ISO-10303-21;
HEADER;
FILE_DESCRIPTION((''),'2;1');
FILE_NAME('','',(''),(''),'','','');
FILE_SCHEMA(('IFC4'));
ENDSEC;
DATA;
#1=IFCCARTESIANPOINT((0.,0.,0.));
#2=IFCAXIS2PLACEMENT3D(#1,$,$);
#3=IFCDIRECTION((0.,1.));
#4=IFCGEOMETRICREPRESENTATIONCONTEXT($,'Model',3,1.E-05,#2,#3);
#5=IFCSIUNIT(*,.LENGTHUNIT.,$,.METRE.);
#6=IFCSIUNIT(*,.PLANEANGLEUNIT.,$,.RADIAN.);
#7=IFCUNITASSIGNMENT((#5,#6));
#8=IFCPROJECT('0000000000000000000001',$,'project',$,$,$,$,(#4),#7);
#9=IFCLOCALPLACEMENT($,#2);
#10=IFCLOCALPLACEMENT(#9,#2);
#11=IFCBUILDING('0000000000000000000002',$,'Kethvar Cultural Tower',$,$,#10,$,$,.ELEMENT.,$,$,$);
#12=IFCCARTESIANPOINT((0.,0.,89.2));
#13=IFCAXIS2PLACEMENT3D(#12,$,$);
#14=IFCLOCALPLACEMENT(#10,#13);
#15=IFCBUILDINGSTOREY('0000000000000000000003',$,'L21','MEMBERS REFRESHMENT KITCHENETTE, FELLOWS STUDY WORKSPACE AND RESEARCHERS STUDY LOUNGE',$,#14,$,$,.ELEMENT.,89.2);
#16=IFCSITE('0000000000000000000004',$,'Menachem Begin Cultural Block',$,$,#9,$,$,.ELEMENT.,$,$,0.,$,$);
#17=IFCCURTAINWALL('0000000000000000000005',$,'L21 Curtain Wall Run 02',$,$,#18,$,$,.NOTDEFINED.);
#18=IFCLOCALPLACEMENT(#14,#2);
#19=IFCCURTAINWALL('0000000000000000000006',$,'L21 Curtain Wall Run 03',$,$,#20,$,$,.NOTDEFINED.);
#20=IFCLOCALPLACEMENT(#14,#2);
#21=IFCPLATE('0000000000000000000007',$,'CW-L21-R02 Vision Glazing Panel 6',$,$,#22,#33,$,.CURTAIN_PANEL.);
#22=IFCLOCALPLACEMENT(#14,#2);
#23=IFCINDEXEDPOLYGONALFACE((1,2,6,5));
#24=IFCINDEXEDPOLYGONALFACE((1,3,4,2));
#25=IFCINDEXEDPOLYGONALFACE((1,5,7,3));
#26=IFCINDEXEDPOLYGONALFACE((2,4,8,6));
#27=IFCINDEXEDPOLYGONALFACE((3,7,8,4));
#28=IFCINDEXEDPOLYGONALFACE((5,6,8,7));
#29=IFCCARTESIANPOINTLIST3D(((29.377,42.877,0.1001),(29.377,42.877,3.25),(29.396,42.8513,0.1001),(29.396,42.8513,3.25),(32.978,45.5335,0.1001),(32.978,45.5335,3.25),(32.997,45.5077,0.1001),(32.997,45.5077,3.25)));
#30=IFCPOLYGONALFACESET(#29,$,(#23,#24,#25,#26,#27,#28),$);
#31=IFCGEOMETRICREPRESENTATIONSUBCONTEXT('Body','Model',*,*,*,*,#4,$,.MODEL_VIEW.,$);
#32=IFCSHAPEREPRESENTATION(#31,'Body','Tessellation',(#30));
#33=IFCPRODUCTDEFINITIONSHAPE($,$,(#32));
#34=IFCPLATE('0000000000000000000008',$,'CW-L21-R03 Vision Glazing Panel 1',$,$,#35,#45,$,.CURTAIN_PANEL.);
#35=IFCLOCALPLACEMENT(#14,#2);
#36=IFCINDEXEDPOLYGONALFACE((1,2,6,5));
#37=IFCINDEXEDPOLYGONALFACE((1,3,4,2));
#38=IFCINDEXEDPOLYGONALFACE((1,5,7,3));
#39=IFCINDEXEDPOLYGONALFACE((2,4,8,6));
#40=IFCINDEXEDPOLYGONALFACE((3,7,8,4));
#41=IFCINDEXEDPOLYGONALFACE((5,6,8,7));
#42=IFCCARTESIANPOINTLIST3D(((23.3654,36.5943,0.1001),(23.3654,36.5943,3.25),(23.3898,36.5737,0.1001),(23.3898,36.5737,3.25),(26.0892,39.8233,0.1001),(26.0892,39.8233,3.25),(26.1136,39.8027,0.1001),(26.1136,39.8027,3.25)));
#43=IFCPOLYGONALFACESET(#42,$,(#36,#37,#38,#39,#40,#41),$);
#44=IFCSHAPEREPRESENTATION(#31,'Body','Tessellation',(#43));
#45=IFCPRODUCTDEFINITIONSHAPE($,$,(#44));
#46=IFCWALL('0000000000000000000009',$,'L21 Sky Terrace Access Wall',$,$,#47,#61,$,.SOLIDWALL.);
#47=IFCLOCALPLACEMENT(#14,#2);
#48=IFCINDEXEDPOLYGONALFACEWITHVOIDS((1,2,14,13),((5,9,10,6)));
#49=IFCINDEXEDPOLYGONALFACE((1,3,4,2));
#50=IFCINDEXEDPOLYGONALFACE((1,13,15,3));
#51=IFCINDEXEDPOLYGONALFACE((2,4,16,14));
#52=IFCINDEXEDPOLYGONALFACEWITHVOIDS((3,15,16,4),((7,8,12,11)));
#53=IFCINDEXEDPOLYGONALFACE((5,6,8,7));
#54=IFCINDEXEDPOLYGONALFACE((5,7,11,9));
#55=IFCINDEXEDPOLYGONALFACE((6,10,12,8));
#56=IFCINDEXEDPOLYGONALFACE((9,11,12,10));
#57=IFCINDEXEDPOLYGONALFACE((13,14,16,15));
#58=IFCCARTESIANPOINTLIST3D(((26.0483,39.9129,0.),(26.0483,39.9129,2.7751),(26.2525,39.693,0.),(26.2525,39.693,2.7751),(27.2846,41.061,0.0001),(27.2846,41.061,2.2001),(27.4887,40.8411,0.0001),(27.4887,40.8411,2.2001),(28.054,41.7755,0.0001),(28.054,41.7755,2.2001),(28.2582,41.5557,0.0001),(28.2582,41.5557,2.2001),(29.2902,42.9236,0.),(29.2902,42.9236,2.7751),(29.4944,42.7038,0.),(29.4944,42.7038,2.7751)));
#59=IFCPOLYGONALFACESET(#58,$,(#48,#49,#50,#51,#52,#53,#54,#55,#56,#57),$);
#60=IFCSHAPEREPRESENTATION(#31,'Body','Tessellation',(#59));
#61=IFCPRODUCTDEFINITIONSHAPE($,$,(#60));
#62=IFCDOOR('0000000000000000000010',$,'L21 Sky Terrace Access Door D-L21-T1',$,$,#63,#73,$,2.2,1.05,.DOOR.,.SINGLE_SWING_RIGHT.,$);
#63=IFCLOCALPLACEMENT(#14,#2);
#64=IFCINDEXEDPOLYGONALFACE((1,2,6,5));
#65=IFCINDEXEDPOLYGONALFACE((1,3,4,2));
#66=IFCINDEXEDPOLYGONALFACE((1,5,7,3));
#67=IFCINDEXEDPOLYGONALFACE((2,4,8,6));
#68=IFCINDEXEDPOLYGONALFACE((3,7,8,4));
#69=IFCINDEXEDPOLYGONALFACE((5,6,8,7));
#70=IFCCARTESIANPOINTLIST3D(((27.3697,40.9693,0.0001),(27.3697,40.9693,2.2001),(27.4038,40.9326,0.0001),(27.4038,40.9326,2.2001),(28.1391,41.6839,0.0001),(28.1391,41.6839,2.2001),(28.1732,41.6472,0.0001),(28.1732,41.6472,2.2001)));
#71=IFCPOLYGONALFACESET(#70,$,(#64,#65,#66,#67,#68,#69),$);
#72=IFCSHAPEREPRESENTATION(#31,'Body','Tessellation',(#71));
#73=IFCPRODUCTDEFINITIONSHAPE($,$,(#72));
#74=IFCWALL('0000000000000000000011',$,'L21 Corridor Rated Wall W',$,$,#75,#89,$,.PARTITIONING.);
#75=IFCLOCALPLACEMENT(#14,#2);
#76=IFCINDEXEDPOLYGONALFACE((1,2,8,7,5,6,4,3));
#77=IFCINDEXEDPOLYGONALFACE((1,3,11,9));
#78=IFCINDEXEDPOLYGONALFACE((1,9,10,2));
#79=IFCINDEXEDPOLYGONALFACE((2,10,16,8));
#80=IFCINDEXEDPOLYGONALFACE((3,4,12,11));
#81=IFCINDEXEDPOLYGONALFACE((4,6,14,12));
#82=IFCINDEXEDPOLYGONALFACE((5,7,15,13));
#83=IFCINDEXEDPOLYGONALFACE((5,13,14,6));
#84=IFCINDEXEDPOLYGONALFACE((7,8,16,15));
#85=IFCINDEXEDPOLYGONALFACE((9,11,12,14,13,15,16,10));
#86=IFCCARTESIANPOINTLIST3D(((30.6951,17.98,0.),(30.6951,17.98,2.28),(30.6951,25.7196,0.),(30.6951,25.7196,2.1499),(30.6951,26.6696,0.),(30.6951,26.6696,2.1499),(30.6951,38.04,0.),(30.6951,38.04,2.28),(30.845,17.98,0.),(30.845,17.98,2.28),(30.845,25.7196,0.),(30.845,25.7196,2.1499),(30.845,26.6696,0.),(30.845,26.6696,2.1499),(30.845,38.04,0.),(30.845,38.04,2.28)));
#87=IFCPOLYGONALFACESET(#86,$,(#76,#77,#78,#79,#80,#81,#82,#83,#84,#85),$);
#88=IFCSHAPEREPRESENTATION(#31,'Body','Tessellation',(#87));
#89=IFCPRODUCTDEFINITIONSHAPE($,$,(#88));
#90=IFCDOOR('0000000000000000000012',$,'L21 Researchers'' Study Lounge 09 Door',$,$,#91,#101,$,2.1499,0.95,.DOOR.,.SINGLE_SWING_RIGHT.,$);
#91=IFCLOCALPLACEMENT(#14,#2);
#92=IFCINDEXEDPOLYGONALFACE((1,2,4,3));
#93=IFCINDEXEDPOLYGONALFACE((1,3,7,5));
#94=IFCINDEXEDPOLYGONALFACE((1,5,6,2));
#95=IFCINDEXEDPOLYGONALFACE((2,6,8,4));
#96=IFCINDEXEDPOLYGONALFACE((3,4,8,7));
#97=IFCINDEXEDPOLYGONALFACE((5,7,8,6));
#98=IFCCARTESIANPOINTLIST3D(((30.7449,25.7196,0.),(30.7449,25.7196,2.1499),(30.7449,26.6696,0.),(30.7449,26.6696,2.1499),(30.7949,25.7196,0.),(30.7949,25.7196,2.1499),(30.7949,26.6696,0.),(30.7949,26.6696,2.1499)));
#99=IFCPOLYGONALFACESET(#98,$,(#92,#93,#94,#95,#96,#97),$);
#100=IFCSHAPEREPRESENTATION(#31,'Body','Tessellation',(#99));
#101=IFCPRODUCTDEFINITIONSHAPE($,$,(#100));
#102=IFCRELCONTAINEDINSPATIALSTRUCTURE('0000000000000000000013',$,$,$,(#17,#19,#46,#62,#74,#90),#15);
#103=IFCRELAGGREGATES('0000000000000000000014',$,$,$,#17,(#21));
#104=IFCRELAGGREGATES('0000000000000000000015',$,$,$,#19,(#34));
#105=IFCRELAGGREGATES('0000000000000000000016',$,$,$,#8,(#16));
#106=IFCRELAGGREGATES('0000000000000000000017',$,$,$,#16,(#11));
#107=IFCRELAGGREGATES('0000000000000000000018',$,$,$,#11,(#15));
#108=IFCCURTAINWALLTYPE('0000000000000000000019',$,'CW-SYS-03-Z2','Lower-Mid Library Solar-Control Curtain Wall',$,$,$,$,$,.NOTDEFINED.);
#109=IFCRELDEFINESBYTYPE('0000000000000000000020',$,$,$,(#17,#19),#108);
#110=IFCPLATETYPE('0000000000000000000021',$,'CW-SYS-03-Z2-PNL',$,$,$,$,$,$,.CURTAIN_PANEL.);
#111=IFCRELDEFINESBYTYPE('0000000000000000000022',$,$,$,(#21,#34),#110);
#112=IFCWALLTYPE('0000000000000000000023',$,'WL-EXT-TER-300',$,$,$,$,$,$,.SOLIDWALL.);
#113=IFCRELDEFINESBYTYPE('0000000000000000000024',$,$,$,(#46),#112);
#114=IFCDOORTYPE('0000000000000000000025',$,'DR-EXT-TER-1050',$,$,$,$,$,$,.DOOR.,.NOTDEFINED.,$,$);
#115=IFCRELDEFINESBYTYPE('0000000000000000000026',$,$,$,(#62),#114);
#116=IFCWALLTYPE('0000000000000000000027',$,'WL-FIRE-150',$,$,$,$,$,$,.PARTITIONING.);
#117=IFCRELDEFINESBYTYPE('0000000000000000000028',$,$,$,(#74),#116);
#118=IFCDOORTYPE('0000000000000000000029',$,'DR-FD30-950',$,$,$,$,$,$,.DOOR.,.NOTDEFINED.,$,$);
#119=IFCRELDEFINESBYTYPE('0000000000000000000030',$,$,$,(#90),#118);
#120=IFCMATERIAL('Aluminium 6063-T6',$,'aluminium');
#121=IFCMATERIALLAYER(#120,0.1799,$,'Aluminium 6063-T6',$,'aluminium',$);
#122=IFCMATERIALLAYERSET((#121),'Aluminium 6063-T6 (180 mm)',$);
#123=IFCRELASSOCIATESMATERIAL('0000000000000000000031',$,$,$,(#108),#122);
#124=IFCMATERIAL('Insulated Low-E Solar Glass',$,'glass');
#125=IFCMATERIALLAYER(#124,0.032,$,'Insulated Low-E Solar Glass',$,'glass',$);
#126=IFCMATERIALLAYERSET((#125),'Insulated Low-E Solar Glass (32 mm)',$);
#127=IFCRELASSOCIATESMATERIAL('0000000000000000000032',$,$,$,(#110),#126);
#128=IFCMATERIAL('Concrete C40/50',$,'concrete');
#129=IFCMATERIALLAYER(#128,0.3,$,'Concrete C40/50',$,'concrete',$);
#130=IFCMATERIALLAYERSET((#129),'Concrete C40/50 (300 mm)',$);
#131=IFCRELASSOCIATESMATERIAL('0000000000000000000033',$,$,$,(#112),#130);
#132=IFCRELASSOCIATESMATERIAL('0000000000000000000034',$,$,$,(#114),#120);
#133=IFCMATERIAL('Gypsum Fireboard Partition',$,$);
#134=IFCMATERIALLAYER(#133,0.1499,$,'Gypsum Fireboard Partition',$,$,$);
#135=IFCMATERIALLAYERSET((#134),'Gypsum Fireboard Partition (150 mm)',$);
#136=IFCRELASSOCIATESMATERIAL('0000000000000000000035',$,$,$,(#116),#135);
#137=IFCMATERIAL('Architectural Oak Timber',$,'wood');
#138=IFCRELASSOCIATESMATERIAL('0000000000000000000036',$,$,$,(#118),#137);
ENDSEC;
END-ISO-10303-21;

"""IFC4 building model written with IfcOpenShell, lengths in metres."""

from ifc_helpers import new_model, si_unit, direction, frame, frame_2d, origin, origin_2d, place, context, subcontext, project, spatial, rectangle, extrude, source, transform, mapped, material, layer, layer_set, type_object, element, fill, aggregate, save


model = new_model("IFC4")

# Units and contexts
model_context = context("Model", 3, precision=1e-05, world=origin(), true_north=direction((0.0, 1.0)))
body_context = subcontext(model_context, "Body", "Model", "MODEL_VIEW")
ifc_project = project(units=[si_unit("LENGTHUNIT", "METRE"), si_unit("PLANEANGLEUNIT", "RADIAN")], contexts=[model_context])

# Site, building, storey
site_placement = place(None, origin())
site = spatial("IfcSite", under=ifc_project, at=site_placement, Name="Menachem Begin Cultural Block", CompositionType="ELEMENT", RefElevation=0.0)
building_placement = place(site_placement, origin())
building = spatial("IfcBuilding", under=site, at=building_placement, Name="Kethvar Cultural Tower", CompositionType="ELEMENT")
storey_placement = place(building_placement, frame((0.0, 0.0, 89.2)))
storey = spatial("IfcBuildingStorey", under=building, at=storey_placement, Name="L21", Description="MEMBERS REFRESHMENT KITCHENETTE, FELLOWS STUDY WORKSPACE AND RESEARCHERS STUDY LOUNGE", CompositionType="ELEMENT", Elevation=89.2)

# Curtain wall
ifc_material_1 = material(Name="Aluminium 6063-T6", Category="aluminium")
ifc_layer_1 = layer(ifc_material_1, 0.1799, Name="Aluminium 6063-T6", Category="aluminium")
ifc_layer_set_1 = layer_set([ifc_layer_1], Name="Aluminium 6063-T6 (180 mm)")
curtain_wall_type = type_object("IfcCurtainWallType", Name="CW-SYS-03-Z2", Description="Lower-Mid Library Solar-Control Curtain Wall", PredefinedType="NOTDEFINED", material=ifc_layer_set_1)
curtain_wall_1_placement = place(storey_placement, origin())
curtain_wall_1 = element("IfcCurtainWall", 1, at=curtain_wall_1_placement, inside=storey, type_object=curtain_wall_type, Name="L21 Curtain Wall Run 02", PredefinedType="NOTDEFINED")

# Curtain wall
curtain_wall_2_placement = place(storey_placement, origin())
curtain_wall_2 = element("IfcCurtainWall", 2, at=curtain_wall_2_placement, inside=storey, type_object=curtain_wall_type, Name="L21 Curtain Wall Run 03", PredefinedType="NOTDEFINED")

# Plates
ifc_material_2 = material(Name="Insulated Low-E Solar Glass", Category="glass")
ifc_layer_2 = layer(ifc_material_2, 0.032, Name="Insulated Low-E Solar Glass", Category="glass")
ifc_layer_set_2 = layer_set([ifc_layer_2], Name="Insulated Low-E Solar Glass (32 mm)")
plate_type = type_object("IfcPlateType", Name="CW-SYS-03-Z2-PNL", PredefinedType="CURTAIN_PANEL", material=ifc_layer_set_2)
shared_shape_1 = source(origin(), body_context, "Body", "SweptSolid", [
    extrude(rectangle(XDim=4.4749, YDim=0.032, at=origin_2d()), origin(), (0.0, 0.0, 1.0), 3.1499),
])
plate_1_placement = place(storey_placement, frame((31.187, 44.1924, 0.1001), z_axis=(0.0, 0.0, 1.0), x_axis=(-0.804728, -0.593644, 0.0)))
plate_1 = element("IfcPlate", 3, at=plate_1_placement, type_object=plate_type, Name="CW-L21-R02 Vision Glazing Panel 6", PredefinedType="CURTAIN_PANEL", context=body_context, shape_type="MappedRepresentation", body=[
    mapped(shared_shape_1, transform((0.0, 0.0, 0.0), scale=1.0)),
])
aggregate(curtain_wall_1, [plate_1])
shared_shape_2 = source(origin(), body_context, "Body", "SweptSolid", [
    extrude(rectangle(XDim=4.2244, YDim=0.032, at=origin_2d()), origin(), (0.0, 0.0, 1.0), 3.1499),
])
plate_2_placement = place(storey_placement, frame((24.7395, 38.1985, 0.1001), z_axis=(0.0, 0.0, 1.0), x_axis=(-0.644778, -0.76437, 0.0)))
plate_2 = element("IfcPlate", 4, at=plate_2_placement, type_object=plate_type, Name="CW-L21-R03 Vision Glazing Panel 1", PredefinedType="CURTAIN_PANEL", context=body_context, shape_type="MappedRepresentation", body=[
    mapped(shared_shape_2, transform((0.0, 0.0, 0.0), scale=1.0)),
])
aggregate(curtain_wall_2, [plate_2])

# Walls, openings, doors
ifc_material_3 = material(Name="Concrete C40/50", Category="concrete")
ifc_layer_3 = layer(ifc_material_3, 0.3, Name="Concrete C40/50", Category="concrete")
ifc_layer_set_3 = layer_set([ifc_layer_3], Name="Concrete C40/50 (300 mm)")
wall_type_1 = type_object("IfcWallType", Name="WL-EXT-TER-300", PredefinedType="SOLIDWALL", material=ifc_layer_set_3)
wall_1_placement = place(storey_placement, frame((26.1504, 39.803, 0.0), z_axis=(0.0, 0.0, 1.0), x_axis=(0.732752, 0.680496, 0.0)))
wall_1 = element("IfcWall", 5, at=wall_1_placement, inside=storey, type_object=wall_type_1, Name="L21 Sky Terrace Access Wall", PredefinedType="SOLIDWALL", context=body_context, shape_type="SweptSolid", body=[
    extrude(rectangle(XDim=4.4243, YDim=0.3, at=frame_2d((2.2122, 0.0))), origin(), (0.0, 0.0, 1.0), 2.7751),
])
opening_1_placement = place(wall_1_placement, frame((1.6873, 0.0, 0.0)))
opening_1 = element("IfcOpeningElement", 6, at=opening_1_placement, cuts=wall_1, PredefinedType="OPENING", context=body_context, shape_type="SweptSolid", body=[
    extrude(rectangle(XDim=1.05, YDim=2.2, at=frame_2d((0.5249, 1.1001))), frame((0.0, 0.1599, 0.0), z_axis=(0.0, -1.0, 0.0), x_axis=(1.0, 0.0, 0.0)), (0.0, 0.0, 1.0), 0.3201),
])
door_type_1 = type_object("IfcDoorType", Name="DR-EXT-TER-1050", OperationType="NOTDEFINED", PredefinedType="DOOR", material=ifc_material_1)
shared_shape_3 = source(origin(), body_context, "Body", "SweptSolid", [
    extrude(rectangle(XDim=1.05, YDim=2.2, at=frame_2d((0.5249, 1.1001))), frame((0.0, 0.0249, 0.0), z_axis=(0.0, -1.0, 0.0), x_axis=(1.0, 0.0, 0.0)), (0.0, 0.0, 1.0), 0.05),
])
door_1_placement = place(opening_1_placement, origin())
door_1 = element("IfcDoor", 7, at=door_1_placement, inside=storey, type_object=door_type_1, Name="L21 Sky Terrace Access Door D-L21-T1", OperationType="SINGLE_SWING_RIGHT", OverallHeight=2.2, OverallWidth=1.05, PredefinedType="DOOR", context=body_context, shape_type="MappedRepresentation", body=[
    mapped(shared_shape_3, transform((0.0, 0.0, 0.0), scale=1.0)),
])
fill(opening_1, door_1)
ifc_material_4 = material(Name="Gypsum Fireboard Partition")
ifc_layer_4 = layer(ifc_material_4, 0.1499, Name="Gypsum Fireboard Partition")
ifc_layer_set_4 = layer_set([ifc_layer_4], Name="Gypsum Fireboard Partition (150 mm)")
wall_type_2 = type_object("IfcWallType", Name="WL-FIRE-150", PredefinedType="PARTITIONING", material=ifc_layer_set_4)
wall_2_placement = place(storey_placement, frame((30.77, 38.04, 0.0), z_axis=(0.0, 0.0, 1.0), x_axis=(0.0, -1.0, 0.0)))
wall_2 = element("IfcWall", 8, at=wall_2_placement, inside=storey, type_object=wall_type_2, Name="L21 Corridor Rated Wall W", PredefinedType="PARTITIONING", context=body_context, shape_type="SweptSolid", body=[
    extrude(rectangle(XDim=20.0601, YDim=0.1499, at=frame_2d((10.03, 0.0))), origin(), (0.0, 0.0, 1.0), 2.28),
])
opening_2_placement = place(wall_2_placement, frame((11.3704, 0.0, 0.0)))
opening_2 = element("IfcOpeningElement", 9, at=opening_2_placement, cuts=wall_2, PredefinedType="OPENING", context=body_context, shape_type="SweptSolid", body=[
    extrude(rectangle(XDim=0.95, YDim=2.1499, at=frame_2d((0.4751, 1.075))), frame((0.0, 0.085, 0.0), z_axis=(0.0, -1.0, 0.0), x_axis=(1.0, 0.0, 0.0)), (0.0, 0.0, 1.0), 0.1699),
])
ifc_material_5 = material(Name="Architectural Oak Timber", Category="wood")
door_type_2 = type_object("IfcDoorType", Name="DR-FD30-950", OperationType="NOTDEFINED", PredefinedType="DOOR", material=ifc_material_5)
shared_shape_4 = source(origin(), body_context, "Body", "SweptSolid", [
    extrude(rectangle(XDim=0.95, YDim=2.1499, at=frame_2d((0.4751, 1.075))), frame((0.0, 0.0249, 0.0), z_axis=(0.0, -1.0, 0.0), x_axis=(1.0, 0.0, 0.0)), (0.0, 0.0, 1.0), 0.05),
])
door_2_placement = place(opening_2_placement, origin())
door_2 = element("IfcDoor", 10, at=door_2_placement, inside=storey, type_object=door_type_2, Name="L21 Researchers' Study Lounge 09 Door", OperationType="SINGLE_SWING_RIGHT", OverallHeight=2.1499, OverallWidth=0.95, PredefinedType="DOOR", context=body_context, shape_type="MappedRepresentation", body=[
    mapped(shared_shape_4, transform((0.0, 0.0, 0.0), scale=1.0)),
])
fill(opening_2, door_2)

save(model, "model.ifc")
